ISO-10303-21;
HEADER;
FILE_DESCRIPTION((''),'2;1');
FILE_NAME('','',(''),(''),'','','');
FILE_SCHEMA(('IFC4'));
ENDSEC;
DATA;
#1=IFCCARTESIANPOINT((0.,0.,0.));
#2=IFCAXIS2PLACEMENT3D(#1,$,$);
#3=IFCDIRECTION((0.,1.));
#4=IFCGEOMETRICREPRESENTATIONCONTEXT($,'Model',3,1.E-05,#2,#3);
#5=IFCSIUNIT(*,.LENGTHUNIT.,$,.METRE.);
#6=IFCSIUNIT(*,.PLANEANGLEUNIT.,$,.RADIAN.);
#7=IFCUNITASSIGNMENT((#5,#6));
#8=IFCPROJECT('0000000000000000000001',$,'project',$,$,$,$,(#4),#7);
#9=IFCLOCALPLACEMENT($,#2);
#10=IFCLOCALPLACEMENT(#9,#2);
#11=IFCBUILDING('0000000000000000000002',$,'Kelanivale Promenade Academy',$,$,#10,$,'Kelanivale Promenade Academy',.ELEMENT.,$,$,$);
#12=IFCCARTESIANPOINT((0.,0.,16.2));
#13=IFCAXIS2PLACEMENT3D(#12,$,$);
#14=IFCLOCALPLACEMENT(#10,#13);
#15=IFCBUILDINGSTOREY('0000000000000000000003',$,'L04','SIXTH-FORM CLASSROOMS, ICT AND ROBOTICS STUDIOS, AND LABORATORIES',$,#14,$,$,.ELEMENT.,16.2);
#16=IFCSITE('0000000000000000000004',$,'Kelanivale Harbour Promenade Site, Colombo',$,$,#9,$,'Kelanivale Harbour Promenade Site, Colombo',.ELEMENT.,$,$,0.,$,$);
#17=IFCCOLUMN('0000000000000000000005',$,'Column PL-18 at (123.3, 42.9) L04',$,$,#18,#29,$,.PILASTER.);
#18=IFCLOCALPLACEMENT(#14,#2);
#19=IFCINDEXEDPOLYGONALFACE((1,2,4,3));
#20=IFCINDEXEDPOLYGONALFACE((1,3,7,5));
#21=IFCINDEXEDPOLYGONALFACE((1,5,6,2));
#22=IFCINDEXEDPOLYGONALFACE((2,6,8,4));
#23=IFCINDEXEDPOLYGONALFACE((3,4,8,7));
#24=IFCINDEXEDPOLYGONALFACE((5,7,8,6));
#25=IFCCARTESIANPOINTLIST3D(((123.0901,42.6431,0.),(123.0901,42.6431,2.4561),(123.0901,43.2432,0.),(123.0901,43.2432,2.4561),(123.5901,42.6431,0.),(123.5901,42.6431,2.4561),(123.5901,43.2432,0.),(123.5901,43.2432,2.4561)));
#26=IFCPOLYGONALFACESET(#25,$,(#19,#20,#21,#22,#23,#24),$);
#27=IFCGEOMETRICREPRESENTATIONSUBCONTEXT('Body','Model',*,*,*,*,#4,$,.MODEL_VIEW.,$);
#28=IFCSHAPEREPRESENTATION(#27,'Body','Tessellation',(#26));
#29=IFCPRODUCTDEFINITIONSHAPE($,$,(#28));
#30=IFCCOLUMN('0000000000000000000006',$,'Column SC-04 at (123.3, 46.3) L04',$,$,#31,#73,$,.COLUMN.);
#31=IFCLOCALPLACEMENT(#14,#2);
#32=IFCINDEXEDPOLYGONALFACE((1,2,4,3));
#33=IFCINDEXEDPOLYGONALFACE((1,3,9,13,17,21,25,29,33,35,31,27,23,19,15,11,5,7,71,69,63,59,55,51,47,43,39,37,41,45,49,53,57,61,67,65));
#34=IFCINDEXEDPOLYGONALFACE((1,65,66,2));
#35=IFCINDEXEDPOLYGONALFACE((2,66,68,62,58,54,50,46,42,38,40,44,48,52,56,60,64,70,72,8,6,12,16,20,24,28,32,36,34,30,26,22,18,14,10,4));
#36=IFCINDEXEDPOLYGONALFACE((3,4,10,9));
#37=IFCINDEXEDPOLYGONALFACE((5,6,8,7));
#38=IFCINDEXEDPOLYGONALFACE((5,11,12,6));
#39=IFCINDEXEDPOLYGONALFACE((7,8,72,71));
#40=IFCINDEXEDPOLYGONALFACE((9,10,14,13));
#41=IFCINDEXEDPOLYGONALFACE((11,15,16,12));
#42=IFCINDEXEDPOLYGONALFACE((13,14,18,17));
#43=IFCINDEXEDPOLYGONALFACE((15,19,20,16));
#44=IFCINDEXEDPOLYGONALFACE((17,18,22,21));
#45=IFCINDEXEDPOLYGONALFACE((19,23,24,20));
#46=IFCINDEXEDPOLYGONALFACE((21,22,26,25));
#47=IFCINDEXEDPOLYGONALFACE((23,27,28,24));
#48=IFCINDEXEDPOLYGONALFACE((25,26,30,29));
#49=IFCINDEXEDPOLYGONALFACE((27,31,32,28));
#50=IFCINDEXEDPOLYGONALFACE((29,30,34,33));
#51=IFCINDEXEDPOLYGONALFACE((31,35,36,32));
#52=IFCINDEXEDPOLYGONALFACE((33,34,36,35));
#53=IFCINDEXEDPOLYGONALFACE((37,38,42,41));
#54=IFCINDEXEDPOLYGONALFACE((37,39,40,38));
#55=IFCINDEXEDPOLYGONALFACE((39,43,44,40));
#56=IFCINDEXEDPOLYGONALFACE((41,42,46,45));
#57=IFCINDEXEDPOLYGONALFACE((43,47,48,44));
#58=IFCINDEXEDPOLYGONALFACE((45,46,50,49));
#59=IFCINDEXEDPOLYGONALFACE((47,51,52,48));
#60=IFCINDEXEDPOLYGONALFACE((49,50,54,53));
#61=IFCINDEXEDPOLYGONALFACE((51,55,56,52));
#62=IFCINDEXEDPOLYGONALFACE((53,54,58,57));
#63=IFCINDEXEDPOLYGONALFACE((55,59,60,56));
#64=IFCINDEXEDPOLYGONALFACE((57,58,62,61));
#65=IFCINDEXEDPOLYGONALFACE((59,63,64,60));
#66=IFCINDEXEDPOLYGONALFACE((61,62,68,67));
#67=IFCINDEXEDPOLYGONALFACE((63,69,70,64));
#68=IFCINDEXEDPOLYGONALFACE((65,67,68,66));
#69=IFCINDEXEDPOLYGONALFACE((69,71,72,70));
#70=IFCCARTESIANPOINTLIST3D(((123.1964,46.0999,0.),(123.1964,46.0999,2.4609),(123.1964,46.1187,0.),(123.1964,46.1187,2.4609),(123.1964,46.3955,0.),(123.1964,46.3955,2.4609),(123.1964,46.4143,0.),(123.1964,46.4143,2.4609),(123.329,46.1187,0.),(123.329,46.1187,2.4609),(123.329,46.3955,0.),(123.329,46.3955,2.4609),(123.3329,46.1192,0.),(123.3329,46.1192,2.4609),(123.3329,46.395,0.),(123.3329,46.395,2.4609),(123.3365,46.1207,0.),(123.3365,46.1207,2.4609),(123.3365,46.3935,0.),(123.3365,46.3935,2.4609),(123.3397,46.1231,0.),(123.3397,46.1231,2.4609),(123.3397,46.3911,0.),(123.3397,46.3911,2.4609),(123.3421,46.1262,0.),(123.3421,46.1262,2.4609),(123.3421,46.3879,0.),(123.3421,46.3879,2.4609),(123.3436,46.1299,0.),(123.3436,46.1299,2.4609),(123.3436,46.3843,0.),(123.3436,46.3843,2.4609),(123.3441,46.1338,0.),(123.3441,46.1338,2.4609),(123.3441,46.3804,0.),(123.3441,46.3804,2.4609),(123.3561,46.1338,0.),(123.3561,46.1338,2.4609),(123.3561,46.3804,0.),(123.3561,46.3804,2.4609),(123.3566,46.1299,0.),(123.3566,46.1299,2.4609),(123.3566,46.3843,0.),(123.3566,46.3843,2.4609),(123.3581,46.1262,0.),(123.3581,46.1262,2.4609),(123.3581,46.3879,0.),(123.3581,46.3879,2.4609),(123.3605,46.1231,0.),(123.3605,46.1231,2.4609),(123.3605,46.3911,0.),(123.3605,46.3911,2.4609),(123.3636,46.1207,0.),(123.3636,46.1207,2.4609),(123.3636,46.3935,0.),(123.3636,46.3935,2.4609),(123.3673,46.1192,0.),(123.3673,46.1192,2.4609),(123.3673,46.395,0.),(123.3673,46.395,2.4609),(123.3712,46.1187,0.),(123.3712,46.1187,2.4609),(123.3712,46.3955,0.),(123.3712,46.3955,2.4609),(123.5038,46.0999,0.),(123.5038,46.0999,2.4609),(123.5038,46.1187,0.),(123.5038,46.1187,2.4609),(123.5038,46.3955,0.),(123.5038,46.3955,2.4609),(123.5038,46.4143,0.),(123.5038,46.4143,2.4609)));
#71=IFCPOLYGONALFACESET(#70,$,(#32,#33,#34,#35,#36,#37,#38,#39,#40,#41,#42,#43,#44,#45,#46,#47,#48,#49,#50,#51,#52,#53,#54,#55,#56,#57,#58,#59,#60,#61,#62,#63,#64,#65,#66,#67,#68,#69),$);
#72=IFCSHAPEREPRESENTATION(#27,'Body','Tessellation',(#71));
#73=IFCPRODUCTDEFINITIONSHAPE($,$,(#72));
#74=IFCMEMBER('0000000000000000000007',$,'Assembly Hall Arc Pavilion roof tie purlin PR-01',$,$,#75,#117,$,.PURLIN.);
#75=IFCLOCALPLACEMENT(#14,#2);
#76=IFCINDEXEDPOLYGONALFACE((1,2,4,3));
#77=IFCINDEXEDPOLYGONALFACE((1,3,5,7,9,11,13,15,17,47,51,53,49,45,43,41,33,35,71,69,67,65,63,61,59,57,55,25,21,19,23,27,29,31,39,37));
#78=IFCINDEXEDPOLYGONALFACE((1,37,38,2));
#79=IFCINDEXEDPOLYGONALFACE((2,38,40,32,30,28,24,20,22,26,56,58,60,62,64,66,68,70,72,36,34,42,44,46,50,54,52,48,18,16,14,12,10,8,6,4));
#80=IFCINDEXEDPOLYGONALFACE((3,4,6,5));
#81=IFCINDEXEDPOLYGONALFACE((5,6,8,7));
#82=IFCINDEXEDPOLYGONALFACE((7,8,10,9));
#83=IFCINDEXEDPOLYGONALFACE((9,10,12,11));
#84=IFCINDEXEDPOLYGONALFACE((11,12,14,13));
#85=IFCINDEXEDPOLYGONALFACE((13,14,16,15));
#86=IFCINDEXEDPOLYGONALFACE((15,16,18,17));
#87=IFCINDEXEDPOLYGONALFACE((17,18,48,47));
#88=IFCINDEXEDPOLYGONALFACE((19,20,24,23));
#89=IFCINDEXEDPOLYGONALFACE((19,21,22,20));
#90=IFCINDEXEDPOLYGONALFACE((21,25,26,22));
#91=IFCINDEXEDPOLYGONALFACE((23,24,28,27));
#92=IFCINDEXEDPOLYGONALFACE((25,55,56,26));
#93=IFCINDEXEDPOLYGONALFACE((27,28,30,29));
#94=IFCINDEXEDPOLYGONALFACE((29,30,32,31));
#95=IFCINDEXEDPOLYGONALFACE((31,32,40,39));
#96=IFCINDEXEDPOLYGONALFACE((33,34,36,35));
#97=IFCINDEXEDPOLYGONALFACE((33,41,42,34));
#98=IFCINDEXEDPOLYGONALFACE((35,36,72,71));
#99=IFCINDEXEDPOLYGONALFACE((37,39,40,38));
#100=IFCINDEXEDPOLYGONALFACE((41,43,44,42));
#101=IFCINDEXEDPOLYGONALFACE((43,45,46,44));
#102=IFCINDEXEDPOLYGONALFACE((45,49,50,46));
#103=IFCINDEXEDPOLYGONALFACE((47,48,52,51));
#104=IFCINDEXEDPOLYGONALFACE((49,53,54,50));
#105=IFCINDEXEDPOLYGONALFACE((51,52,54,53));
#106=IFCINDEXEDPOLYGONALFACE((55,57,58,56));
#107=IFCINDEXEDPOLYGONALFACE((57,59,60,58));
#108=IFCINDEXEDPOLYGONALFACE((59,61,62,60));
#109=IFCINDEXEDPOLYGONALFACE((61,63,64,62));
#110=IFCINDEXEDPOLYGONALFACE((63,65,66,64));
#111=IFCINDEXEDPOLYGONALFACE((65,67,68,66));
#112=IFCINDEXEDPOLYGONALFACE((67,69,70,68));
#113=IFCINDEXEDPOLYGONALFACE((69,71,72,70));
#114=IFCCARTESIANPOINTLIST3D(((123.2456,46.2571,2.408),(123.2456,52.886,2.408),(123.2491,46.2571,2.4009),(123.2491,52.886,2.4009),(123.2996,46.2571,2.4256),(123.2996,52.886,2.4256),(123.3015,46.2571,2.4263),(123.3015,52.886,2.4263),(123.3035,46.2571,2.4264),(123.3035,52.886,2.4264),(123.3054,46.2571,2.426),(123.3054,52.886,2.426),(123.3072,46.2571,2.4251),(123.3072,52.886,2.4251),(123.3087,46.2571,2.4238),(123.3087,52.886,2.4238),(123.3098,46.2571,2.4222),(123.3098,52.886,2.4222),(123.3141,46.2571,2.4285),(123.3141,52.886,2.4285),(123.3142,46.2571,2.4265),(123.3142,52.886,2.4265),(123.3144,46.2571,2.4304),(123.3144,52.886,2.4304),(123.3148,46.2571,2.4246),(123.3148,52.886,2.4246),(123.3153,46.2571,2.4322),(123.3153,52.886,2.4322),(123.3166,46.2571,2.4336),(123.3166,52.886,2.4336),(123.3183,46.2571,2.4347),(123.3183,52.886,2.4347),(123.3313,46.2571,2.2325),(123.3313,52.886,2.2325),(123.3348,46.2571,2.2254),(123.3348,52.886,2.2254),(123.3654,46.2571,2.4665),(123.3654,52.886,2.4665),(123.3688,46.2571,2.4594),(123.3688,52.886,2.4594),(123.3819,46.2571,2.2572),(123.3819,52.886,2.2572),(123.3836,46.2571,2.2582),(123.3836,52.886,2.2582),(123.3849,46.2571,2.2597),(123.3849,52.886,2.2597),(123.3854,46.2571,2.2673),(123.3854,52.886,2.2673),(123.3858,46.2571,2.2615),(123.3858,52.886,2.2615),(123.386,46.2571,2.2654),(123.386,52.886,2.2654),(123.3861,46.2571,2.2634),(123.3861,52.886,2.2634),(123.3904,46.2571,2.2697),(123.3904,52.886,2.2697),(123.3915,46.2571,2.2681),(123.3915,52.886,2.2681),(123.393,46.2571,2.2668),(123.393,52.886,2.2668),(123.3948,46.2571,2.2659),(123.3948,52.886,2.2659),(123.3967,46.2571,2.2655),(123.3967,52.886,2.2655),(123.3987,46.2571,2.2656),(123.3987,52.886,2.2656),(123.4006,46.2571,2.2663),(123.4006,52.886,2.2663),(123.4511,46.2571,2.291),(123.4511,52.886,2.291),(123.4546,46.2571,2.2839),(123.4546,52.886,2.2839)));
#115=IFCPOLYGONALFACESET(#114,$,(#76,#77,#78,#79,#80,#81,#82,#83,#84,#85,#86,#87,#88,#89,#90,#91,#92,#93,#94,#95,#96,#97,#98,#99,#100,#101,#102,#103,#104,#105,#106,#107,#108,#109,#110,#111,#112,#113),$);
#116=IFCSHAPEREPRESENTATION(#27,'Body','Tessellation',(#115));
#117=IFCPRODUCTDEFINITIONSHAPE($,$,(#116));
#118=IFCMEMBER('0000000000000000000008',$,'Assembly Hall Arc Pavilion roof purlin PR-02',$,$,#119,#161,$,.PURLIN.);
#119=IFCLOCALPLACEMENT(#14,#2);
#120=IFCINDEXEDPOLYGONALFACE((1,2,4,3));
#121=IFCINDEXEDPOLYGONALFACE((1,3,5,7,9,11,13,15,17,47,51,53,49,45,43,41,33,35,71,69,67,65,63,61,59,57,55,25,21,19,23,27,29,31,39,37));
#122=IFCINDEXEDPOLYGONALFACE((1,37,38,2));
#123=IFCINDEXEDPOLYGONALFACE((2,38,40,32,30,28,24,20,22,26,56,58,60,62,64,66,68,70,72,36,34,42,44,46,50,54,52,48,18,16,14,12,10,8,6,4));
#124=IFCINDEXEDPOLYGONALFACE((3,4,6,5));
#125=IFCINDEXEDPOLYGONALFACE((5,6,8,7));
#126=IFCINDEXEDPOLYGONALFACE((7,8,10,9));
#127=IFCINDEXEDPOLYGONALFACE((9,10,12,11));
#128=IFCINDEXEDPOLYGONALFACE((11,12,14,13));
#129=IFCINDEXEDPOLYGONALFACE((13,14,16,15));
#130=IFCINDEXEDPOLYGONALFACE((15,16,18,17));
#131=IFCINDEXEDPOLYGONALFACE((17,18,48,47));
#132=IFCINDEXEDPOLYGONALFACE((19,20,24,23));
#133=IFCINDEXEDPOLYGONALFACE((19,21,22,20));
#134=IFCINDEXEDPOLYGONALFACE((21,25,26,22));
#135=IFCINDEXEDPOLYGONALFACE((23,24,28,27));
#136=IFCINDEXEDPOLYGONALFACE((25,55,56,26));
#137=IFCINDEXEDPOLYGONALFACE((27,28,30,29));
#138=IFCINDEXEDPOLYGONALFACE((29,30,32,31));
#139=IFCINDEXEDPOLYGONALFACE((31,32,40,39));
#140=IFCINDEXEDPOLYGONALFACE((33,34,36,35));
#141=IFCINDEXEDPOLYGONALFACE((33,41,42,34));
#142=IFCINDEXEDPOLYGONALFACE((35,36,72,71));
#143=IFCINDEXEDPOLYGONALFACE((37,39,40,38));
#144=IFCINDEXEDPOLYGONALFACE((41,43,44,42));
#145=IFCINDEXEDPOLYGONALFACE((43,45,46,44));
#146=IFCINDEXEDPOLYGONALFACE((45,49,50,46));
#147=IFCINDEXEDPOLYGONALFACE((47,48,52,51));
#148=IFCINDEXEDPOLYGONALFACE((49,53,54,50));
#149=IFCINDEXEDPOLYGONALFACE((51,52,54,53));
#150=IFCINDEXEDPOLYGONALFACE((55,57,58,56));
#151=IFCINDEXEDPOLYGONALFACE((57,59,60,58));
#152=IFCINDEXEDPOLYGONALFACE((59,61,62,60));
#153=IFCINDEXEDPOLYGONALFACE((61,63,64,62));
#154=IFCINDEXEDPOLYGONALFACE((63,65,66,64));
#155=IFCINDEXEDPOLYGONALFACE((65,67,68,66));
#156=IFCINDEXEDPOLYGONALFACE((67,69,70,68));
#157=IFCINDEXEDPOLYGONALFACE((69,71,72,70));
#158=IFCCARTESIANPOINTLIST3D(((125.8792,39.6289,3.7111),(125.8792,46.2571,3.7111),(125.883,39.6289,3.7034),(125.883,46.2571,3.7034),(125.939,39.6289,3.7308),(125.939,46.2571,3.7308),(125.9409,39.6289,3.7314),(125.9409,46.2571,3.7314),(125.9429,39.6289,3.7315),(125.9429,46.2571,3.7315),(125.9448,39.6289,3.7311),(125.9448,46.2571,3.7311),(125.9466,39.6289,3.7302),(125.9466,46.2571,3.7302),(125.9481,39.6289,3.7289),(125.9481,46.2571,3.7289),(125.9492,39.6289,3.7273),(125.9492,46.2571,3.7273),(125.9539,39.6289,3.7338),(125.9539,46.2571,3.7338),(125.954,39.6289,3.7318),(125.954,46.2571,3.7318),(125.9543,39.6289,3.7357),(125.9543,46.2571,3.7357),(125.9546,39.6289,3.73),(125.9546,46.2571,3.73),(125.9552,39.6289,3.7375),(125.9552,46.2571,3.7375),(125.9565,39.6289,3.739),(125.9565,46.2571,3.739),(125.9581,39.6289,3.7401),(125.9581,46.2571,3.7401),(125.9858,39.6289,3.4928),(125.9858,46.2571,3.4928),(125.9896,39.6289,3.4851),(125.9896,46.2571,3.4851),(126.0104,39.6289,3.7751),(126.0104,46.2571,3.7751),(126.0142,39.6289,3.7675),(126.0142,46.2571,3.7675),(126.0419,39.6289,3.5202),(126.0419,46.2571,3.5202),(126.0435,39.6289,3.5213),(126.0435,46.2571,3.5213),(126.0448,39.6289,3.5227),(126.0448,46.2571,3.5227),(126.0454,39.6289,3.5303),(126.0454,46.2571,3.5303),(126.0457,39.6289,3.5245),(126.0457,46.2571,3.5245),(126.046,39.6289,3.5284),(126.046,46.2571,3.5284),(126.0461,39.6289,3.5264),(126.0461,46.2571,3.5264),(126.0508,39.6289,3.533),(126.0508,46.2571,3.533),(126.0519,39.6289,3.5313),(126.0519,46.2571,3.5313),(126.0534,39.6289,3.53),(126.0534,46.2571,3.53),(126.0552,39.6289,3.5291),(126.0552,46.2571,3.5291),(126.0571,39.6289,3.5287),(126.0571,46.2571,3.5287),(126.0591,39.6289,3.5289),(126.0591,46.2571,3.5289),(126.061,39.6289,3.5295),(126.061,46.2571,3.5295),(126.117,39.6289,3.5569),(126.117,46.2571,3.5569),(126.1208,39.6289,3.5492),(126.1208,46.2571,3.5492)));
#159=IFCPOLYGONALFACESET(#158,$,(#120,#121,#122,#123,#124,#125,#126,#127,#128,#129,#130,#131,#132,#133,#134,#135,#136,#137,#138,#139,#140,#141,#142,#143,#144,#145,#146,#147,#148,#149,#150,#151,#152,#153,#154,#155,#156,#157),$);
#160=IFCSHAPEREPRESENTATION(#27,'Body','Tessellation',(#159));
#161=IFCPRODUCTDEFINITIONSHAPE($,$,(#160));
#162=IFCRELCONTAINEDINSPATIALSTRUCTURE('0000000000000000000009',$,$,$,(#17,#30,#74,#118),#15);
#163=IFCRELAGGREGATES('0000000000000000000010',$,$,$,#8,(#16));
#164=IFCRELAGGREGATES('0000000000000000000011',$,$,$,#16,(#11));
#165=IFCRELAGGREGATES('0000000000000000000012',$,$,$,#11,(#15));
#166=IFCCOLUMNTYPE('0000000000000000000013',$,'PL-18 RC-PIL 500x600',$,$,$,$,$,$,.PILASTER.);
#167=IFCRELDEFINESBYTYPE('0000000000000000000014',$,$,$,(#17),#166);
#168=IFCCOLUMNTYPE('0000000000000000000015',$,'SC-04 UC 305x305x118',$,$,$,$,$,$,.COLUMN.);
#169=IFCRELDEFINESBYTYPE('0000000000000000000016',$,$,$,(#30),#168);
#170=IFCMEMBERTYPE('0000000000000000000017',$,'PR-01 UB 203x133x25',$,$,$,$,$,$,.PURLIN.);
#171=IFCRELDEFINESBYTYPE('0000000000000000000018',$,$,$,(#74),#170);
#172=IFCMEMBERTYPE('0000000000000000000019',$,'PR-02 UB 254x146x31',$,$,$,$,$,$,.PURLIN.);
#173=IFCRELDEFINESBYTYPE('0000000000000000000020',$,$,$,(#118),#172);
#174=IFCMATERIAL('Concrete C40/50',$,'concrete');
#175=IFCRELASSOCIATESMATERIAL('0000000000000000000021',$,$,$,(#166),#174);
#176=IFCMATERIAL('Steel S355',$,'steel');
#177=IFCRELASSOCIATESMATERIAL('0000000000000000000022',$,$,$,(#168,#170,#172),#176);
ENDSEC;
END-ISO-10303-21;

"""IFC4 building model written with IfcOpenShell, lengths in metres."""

from ifc_helpers import new_model, si_unit, direction, frame, origin, origin_2d, place, context, subcontext, project, spatial, rectangle, i_section, extrude, material, material_profile, profile_set, type_object, element, save


model = new_model("IFC4")

# Units and contexts
model_context = context("Model", 3, precision=1e-05, world=origin(), true_north=direction((0.0, 1.0)))
body_context = subcontext(model_context, "Body", "Model", "MODEL_VIEW")
ifc_project = project(units=[si_unit("LENGTHUNIT", "METRE"), si_unit("PLANEANGLEUNIT", "RADIAN")], contexts=[model_context])

# Site, building, storey
site_placement = place(None, origin())
site = spatial("IfcSite", under=ifc_project, at=site_placement, Name="Kelanivale Harbour Promenade Site, Colombo", LongName="Kelanivale Harbour Promenade Site, Colombo", CompositionType="ELEMENT", RefElevation=0.0)
building_placement = place(site_placement, origin())
building = spatial("IfcBuilding", under=site, at=building_placement, Name="Kelanivale Promenade Academy", LongName="Kelanivale Promenade Academy", CompositionType="ELEMENT")
storey_placement = place(building_placement, frame((0.0, 0.0, 16.2)))
storey = spatial("IfcBuildingStorey", under=building, at=storey_placement, Name="L04", Description="SIXTH-FORM CLASSROOMS, ICT AND ROBOTICS STUDIOS, AND LABORATORIES", CompositionType="ELEMENT", Elevation=16.2)

# Columns
ifc_material_1 = material(Name="Concrete C40/50", Category="concrete")
ifc_material_profile_1 = material_profile(ifc_material_1, rectangle(XDim=0.5, YDim=0.6001, at=origin_2d()), Name="RC-PIL 500x600")
ifc_profile_set_1 = profile_set([ifc_material_profile_1], Name="Concrete C40/50")
column_type_1 = type_object("IfcColumnType", Name="PL-18 RC-PIL 500x600", PredefinedType="PILASTER", material=ifc_profile_set_1)
column_1_placement = place(storey_placement, frame((123.3401, 42.9431, 0.0), z_axis=(0.0, 0.0, 1.0), x_axis=(1.0, 0.0, 0.0)))
element("IfcColumn", 1, at=column_1_placement, inside=storey, type_object=column_type_1, Name="Column PL-18 at (123.3, 42.9) L04", PredefinedType="PILASTER", context=body_context, shape_type="SweptSolid", body=[
    extrude(rectangle(XDim=0.5, YDim=0.6001, at=origin_2d()), origin(), (0.0, 0.0, 1.0), 2.4561),
])
ifc_material_2 = material(Name="Steel S355", Category="steel")
ifc_material_profile_2 = material_profile(ifc_material_2, i_section(OverallWidth=0.3074, OverallDepth=0.3145, WebThickness=0.012, FlangeThickness=0.0188, FilletRadius=0.0151, at=origin_2d()), Name="UC 305x305x118")
ifc_profile_set_2 = profile_set([ifc_material_profile_2], Name="Steel S355")
column_type_2 = type_object("IfcColumnType", Name="SC-04 UC 305x305x118", PredefinedType="COLUMN", material=ifc_profile_set_2)
column_2_placement = place(storey_placement, frame((123.3501, 46.2571, 0.0), z_axis=(0.0, 0.0, 1.0), x_axis=(1.0, 0.0, 0.0)))
element("IfcColumn", 2, at=column_2_placement, inside=storey, type_object=column_type_2, Name="Column SC-04 at (123.3, 46.3) L04", PredefinedType="COLUMN", context=body_context, shape_type="SweptSolid", body=[
    extrude(i_section(OverallWidth=0.3074, OverallDepth=0.3145, WebThickness=0.012, FlangeThickness=0.0188, FilletRadius=0.0151, at=origin_2d()), origin(), (0.0, 0.0, 1.0), 2.4609),
])

# Members
ifc_material_profile_3 = material_profile(ifc_material_2, i_section(OverallWidth=0.1333, OverallDepth=0.2031, WebThickness=0.0056, FlangeThickness=0.0078, FilletRadius=0.0076, at=origin_2d()), Name="UB 203x133x25")
ifc_profile_set_3 = profile_set([ifc_material_profile_3], Name="Steel S355")
member_type_1 = type_object("IfcMemberType", Name="PR-01 UB 203x133x25", PredefinedType="PURLIN", material=ifc_profile_set_3)
member_1_placement = place(storey_placement, frame((123.3501, 46.2571, 2.3459), z_axis=(0.0, 1.0, 0.0), x_axis=(-0.898564, 0.0, -0.438842)))
element("IfcMember", 3, at=member_1_placement, inside=storey, type_object=member_type_1, Name="Assembly Hall Arc Pavilion roof tie purlin PR-01", PredefinedType="PURLIN", context=body_context, shape_type="SweptSolid", body=[
    extrude(i_section(OverallWidth=0.1333, OverallDepth=0.2031, WebThickness=0.0056, FlangeThickness=0.0078, FilletRadius=0.0076, at=origin_2d()), origin(), (0.0, 0.0, 1.0), 6.6289),
])
ifc_material_profile_4 = material_profile(ifc_material_2, i_section(OverallWidth=0.146, OverallDepth=0.2515, WebThickness=0.0061, FlangeThickness=0.0085, FilletRadius=0.0076, at=origin_2d()), Name="UB 254x146x31")
ifc_profile_set_4 = profile_set([ifc_material_profile_4], Name="Steel S355")
member_type_2 = type_object("IfcMemberType", Name="PR-02 UB 254x146x31", PredefinedType="PURLIN", material=ifc_profile_set_4)
member_2_placement = place(storey_placement, frame((126.0, 39.6289, 3.6301), z_axis=(0.0, 1.0, 0.0), x_axis=(-0.898564, 0.0, -0.438842)))
element("IfcMember", 4, at=member_2_placement, inside=storey, type_object=member_type_2, Name="Assembly Hall Arc Pavilion roof purlin PR-02", PredefinedType="PURLIN", context=body_context, shape_type="SweptSolid", body=[
    extrude(i_section(OverallWidth=0.146, OverallDepth=0.2515, WebThickness=0.0061, FlangeThickness=0.0085, FilletRadius=0.0076, at=origin_2d()), origin(), (0.0, 0.0, 1.0), 6.6282),
])

save(model, "model.ifc")
